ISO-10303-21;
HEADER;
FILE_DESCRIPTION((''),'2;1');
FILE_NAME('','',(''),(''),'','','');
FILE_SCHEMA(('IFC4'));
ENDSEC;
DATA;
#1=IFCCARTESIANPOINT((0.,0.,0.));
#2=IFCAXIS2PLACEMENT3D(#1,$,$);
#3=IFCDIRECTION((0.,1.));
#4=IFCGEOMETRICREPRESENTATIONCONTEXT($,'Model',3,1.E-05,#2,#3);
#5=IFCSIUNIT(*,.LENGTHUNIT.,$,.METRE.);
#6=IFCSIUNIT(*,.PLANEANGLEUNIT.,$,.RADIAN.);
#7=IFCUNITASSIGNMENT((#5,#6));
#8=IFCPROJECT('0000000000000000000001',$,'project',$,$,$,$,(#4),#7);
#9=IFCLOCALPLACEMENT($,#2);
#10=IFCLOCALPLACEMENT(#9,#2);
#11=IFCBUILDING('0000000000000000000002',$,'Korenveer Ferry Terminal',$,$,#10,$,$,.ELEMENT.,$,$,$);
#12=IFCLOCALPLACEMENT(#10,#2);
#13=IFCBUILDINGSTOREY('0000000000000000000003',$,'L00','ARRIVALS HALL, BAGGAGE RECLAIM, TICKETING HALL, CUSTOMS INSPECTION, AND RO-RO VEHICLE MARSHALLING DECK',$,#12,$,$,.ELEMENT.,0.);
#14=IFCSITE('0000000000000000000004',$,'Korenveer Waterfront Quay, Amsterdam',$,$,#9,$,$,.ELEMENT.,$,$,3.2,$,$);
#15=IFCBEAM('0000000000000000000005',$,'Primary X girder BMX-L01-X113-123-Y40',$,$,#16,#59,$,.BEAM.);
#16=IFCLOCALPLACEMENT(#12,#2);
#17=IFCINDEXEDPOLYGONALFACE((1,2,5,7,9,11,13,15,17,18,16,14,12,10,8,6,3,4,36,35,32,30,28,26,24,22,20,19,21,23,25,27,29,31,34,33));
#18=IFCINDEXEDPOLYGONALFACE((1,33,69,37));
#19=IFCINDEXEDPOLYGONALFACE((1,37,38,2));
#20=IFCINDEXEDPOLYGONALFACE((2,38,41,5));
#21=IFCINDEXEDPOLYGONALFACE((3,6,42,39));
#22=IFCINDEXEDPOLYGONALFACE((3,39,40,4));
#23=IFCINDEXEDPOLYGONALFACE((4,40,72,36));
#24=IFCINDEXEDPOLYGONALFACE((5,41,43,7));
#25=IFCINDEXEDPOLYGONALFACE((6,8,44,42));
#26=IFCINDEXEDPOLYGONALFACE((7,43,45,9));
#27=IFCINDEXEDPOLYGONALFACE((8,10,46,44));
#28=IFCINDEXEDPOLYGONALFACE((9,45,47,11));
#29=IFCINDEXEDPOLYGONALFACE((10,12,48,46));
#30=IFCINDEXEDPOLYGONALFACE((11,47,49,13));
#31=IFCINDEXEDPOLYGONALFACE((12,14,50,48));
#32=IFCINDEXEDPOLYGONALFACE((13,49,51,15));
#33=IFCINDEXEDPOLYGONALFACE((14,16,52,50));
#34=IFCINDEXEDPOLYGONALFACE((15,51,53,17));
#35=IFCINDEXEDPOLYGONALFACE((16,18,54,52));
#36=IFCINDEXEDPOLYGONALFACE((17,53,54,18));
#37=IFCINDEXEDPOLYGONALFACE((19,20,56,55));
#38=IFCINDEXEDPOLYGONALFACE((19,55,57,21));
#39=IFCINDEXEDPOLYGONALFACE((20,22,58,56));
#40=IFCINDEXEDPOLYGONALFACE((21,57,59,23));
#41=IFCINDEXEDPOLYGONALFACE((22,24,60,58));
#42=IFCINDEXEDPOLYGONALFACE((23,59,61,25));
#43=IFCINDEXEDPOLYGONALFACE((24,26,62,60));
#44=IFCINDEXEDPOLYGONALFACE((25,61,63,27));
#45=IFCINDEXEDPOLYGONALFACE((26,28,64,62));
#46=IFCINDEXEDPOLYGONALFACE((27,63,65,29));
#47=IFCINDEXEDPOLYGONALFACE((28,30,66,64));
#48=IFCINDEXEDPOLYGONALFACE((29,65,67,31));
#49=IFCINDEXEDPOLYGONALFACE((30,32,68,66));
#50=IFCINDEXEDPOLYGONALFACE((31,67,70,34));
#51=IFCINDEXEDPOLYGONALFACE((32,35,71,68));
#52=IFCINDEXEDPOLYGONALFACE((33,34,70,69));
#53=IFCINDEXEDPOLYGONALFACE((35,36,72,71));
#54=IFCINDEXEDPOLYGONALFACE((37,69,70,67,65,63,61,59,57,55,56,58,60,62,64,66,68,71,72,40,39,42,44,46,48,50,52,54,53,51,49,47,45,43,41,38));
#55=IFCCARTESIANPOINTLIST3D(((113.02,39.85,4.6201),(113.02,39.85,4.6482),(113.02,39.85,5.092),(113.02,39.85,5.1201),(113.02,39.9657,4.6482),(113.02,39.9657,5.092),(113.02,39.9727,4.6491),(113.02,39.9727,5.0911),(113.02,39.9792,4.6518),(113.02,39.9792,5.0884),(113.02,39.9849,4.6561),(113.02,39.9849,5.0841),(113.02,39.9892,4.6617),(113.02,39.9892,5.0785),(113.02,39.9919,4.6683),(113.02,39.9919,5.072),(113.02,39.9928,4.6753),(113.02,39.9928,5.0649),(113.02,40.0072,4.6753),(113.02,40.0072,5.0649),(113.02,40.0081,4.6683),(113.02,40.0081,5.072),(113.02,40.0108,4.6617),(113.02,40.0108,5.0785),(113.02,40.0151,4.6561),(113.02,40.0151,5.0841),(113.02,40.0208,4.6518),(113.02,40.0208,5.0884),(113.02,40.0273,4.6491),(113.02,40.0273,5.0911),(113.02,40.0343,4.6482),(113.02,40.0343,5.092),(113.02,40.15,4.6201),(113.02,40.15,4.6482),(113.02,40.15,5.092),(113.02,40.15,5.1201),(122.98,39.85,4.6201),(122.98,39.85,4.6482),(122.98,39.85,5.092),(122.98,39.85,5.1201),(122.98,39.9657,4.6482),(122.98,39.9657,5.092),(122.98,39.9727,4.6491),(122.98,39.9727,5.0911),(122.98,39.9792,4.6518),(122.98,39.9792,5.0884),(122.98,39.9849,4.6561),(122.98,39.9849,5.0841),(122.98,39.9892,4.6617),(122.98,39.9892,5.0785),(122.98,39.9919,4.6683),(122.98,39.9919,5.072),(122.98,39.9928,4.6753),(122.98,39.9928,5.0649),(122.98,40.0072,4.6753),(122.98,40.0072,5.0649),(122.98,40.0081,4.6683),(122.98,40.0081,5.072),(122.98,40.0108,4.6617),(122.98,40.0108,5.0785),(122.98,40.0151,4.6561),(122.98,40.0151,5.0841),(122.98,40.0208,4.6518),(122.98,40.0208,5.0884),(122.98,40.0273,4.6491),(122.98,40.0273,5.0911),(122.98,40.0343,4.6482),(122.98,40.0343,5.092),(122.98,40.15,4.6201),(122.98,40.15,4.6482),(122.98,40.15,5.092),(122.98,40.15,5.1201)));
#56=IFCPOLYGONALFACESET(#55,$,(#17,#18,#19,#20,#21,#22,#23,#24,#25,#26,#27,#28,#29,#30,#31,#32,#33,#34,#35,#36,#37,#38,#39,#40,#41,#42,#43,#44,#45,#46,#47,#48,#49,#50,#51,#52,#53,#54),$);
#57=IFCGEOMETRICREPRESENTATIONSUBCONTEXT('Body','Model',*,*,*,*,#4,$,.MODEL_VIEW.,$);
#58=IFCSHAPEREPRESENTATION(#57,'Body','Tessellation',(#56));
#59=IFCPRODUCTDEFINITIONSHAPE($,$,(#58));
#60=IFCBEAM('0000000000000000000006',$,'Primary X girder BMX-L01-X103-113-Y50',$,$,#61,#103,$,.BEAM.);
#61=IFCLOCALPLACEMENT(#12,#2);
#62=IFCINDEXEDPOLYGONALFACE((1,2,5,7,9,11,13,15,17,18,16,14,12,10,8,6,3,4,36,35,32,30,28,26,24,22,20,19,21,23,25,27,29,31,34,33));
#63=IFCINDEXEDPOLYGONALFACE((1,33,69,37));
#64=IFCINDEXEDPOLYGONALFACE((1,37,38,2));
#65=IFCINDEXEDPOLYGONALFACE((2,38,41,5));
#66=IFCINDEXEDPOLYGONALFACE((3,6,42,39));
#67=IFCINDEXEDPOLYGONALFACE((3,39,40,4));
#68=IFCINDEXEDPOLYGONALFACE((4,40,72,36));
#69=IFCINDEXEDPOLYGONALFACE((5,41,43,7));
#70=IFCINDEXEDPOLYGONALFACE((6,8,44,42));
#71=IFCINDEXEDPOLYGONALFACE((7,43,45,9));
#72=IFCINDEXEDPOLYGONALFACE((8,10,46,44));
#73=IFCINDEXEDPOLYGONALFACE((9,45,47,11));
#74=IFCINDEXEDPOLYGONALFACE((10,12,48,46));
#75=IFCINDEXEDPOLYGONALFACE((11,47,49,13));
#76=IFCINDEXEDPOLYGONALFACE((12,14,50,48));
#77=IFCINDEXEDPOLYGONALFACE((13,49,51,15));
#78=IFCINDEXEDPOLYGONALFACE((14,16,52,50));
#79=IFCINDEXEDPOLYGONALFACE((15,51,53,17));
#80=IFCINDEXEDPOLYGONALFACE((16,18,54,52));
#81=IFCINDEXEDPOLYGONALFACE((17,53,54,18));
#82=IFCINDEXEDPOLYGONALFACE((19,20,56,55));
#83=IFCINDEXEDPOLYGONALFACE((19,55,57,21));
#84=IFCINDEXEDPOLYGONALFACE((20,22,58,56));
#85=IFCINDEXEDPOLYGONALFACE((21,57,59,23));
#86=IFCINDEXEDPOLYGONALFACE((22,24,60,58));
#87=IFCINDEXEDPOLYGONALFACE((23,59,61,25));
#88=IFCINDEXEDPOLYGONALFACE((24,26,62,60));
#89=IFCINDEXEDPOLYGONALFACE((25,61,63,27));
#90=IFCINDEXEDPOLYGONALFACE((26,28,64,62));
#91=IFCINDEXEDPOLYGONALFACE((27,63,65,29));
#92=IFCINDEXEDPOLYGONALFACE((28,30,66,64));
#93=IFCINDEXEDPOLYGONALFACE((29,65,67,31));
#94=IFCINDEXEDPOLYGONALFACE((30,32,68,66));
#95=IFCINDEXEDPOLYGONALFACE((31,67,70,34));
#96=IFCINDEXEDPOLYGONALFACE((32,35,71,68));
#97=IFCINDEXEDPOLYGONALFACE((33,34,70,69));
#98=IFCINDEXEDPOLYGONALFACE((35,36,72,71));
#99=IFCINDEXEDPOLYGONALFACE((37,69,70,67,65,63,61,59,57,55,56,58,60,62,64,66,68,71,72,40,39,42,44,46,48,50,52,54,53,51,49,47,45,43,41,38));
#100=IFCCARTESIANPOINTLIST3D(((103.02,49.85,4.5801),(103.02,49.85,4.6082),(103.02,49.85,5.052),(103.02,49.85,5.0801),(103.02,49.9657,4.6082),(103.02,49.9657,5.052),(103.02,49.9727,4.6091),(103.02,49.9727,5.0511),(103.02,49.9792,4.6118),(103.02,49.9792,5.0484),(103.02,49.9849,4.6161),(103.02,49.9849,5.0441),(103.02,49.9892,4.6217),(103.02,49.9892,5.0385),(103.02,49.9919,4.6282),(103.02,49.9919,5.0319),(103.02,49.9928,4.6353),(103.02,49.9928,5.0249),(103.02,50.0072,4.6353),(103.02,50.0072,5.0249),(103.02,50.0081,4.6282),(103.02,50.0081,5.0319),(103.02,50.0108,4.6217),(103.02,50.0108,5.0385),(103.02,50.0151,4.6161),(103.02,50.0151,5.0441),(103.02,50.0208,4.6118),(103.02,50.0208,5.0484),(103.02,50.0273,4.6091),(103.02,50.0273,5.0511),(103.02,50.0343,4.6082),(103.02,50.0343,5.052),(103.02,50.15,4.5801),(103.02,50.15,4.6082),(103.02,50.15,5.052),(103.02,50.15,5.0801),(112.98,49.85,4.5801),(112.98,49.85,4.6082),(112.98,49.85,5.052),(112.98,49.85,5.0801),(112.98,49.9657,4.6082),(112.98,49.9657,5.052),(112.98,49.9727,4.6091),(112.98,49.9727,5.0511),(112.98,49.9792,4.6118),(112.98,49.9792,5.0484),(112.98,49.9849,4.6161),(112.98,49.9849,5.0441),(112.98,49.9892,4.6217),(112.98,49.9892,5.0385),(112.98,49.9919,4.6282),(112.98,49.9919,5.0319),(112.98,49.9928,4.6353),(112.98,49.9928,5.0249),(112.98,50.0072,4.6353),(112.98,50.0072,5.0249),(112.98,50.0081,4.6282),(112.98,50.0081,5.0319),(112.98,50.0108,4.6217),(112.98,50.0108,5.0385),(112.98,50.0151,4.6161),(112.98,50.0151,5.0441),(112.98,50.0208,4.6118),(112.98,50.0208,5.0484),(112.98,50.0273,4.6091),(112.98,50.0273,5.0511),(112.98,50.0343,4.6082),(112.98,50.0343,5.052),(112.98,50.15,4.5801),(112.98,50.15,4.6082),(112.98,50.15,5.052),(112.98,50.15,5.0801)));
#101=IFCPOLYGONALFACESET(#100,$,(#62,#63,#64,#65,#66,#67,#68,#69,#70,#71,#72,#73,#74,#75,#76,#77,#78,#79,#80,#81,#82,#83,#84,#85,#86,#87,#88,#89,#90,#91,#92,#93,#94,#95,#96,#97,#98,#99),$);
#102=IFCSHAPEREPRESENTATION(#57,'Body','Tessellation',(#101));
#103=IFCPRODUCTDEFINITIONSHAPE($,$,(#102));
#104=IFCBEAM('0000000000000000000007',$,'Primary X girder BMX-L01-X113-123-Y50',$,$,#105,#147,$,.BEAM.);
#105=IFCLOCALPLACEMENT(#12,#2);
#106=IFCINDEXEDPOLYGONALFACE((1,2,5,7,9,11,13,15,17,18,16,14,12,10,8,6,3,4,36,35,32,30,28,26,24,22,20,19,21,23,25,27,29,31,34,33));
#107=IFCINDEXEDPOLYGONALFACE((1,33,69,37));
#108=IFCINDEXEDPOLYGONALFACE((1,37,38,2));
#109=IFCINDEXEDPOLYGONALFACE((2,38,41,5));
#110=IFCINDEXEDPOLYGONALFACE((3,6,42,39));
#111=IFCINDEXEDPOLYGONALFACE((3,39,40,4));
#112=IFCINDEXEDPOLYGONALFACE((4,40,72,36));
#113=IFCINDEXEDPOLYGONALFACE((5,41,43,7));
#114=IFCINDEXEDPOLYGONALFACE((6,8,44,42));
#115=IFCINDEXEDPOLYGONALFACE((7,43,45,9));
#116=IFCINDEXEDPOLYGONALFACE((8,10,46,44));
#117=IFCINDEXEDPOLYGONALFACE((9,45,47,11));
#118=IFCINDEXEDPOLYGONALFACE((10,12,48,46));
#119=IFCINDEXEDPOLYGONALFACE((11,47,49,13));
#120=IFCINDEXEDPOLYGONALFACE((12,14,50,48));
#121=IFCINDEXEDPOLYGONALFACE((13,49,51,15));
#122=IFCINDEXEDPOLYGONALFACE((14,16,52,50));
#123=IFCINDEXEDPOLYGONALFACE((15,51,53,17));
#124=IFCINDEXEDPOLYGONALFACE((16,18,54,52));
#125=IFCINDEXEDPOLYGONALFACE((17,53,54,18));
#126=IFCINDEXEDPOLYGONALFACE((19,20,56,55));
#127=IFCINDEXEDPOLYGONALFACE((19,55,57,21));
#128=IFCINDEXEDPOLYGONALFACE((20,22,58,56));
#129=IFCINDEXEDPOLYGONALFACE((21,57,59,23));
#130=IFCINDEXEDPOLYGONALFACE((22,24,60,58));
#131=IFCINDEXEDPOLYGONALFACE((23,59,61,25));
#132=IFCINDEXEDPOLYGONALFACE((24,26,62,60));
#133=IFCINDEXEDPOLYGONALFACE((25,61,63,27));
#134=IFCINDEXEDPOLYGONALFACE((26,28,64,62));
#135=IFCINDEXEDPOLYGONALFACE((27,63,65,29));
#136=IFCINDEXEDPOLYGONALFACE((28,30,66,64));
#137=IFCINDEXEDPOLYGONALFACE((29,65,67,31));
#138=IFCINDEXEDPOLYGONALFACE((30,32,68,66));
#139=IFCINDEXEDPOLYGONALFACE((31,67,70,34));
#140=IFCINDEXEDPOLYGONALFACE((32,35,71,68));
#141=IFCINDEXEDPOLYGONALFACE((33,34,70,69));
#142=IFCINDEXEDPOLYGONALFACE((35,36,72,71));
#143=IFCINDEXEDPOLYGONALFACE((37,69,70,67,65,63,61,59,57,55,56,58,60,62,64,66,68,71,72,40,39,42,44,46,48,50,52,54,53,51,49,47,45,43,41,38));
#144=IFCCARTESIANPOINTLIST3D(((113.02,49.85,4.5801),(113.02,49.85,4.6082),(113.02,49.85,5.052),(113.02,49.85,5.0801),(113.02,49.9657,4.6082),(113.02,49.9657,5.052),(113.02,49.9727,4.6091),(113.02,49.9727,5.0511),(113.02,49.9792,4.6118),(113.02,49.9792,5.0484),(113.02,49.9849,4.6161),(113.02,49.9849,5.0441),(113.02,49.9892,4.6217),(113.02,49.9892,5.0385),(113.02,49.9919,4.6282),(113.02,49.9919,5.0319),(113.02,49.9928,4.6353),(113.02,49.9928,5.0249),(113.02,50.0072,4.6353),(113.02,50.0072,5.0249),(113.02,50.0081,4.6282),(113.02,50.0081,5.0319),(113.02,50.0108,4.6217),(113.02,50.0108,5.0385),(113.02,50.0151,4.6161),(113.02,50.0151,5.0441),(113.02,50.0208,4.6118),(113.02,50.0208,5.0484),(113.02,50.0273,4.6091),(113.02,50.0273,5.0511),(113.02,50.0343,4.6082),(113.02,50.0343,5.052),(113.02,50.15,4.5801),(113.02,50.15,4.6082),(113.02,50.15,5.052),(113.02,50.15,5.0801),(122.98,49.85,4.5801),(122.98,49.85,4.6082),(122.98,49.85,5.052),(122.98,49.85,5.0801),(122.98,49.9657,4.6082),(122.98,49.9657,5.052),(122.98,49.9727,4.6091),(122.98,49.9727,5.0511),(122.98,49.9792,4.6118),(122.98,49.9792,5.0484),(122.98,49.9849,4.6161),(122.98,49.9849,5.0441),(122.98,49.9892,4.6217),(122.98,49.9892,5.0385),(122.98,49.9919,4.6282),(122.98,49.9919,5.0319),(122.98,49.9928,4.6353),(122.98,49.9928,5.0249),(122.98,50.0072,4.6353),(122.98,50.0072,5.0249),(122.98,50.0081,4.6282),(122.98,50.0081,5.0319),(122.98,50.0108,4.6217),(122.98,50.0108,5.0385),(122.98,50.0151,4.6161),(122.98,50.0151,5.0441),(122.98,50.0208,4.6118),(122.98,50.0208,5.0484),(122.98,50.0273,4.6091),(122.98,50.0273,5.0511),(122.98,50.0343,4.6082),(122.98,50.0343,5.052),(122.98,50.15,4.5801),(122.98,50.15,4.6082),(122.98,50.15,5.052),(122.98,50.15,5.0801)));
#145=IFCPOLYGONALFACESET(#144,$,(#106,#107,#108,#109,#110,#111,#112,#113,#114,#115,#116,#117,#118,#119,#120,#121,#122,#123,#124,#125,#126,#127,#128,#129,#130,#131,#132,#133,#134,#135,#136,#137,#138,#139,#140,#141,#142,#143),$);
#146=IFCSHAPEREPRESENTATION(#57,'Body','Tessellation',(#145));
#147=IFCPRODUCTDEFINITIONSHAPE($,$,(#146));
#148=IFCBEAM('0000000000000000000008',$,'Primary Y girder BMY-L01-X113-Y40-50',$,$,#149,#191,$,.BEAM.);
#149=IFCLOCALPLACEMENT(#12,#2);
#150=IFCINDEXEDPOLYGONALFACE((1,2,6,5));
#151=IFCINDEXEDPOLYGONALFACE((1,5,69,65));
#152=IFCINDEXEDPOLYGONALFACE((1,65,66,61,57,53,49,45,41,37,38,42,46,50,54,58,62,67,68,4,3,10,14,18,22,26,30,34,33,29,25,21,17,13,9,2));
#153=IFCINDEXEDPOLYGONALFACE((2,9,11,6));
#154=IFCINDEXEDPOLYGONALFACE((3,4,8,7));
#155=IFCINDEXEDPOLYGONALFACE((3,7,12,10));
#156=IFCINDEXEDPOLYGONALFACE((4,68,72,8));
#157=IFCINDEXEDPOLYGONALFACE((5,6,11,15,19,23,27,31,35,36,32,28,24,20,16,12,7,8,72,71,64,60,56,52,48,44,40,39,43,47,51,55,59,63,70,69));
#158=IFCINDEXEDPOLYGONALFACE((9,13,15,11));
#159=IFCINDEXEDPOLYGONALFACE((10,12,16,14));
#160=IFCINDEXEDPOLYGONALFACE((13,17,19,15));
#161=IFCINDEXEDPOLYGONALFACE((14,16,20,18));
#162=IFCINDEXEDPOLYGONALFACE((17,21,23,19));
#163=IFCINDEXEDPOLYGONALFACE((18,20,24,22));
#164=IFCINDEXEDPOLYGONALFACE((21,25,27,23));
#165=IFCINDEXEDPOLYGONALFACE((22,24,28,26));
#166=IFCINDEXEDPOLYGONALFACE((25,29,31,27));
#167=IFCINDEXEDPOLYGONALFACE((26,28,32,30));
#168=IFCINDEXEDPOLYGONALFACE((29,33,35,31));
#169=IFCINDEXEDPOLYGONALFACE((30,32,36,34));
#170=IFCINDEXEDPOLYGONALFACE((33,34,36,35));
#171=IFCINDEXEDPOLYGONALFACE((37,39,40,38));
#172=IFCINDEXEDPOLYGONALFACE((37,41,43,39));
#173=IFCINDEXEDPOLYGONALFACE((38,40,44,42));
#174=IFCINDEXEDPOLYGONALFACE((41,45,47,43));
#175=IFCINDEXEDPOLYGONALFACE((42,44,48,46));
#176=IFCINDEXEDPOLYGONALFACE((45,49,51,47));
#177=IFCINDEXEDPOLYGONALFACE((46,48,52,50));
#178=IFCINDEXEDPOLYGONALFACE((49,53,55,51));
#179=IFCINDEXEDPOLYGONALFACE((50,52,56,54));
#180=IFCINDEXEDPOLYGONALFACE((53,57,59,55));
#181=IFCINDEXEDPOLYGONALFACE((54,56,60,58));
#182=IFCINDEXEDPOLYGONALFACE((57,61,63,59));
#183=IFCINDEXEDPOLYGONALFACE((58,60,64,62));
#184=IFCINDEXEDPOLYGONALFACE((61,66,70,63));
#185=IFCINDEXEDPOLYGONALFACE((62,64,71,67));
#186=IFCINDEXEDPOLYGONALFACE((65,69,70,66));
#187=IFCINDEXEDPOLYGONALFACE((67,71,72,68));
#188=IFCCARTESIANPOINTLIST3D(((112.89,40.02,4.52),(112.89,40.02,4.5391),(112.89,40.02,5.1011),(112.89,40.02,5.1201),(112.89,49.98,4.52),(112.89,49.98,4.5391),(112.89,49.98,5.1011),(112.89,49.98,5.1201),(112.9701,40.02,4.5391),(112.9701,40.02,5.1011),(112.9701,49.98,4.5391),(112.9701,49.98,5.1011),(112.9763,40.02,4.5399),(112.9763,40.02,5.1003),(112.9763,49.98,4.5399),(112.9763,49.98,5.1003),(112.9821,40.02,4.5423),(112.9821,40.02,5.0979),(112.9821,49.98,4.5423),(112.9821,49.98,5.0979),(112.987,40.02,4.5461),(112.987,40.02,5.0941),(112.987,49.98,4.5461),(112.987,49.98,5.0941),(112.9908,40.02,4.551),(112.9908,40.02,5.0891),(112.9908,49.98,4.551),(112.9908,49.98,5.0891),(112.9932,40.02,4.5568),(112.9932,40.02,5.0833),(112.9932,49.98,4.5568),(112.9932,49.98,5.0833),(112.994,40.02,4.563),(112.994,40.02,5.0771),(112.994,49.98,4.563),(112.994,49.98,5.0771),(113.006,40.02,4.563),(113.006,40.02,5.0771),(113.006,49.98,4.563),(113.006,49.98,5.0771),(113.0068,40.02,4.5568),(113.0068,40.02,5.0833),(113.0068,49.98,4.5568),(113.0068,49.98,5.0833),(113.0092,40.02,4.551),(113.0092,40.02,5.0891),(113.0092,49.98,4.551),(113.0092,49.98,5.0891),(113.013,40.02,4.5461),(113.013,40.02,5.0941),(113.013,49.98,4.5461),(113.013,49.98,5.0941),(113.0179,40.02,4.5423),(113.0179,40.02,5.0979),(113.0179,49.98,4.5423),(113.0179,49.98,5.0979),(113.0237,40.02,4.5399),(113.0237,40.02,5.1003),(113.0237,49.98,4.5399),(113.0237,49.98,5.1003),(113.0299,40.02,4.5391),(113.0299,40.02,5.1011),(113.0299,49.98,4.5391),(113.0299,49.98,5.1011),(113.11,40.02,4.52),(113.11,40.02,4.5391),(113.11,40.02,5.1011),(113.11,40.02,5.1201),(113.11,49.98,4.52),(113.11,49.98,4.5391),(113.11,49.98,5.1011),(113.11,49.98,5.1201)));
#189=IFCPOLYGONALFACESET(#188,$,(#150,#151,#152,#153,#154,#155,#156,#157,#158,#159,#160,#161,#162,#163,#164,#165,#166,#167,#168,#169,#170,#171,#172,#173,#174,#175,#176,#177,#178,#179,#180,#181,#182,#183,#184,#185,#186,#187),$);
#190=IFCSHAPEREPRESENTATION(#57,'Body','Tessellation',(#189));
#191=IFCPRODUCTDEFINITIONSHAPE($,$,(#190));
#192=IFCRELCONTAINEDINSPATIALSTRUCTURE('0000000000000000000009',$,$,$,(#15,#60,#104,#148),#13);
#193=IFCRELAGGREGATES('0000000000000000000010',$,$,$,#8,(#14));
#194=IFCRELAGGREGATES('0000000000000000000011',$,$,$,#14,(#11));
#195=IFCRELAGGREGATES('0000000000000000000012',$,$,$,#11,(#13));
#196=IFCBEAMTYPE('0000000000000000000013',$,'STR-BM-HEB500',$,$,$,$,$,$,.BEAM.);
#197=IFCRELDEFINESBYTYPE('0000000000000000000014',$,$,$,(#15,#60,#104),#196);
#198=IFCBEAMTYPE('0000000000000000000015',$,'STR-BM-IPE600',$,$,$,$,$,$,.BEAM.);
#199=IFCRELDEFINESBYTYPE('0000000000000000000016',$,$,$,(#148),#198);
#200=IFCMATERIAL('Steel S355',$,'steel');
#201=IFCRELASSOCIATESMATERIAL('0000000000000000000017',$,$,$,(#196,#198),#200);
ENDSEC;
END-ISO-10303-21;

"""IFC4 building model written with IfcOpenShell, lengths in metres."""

from ifc_helpers import new_model, si_unit, direction, frame, origin, origin_2d, place, context, subcontext, project, spatial, i_section, extrude, material, material_profile, profile_set, type_object, element, save


model = new_model("IFC4")

# Units and contexts
model_context = context("Model", 3, precision=1e-05, world=origin(), true_north=direction((0.0, 1.0)))
body_context = subcontext(model_context, "Body", "Model", "MODEL_VIEW")
ifc_project = project(units=[si_unit("LENGTHUNIT", "METRE"), si_unit("PLANEANGLEUNIT", "RADIAN")], contexts=[model_context])

# Site, building, storey
site_placement = place(None, origin())
site = spatial("IfcSite", under=ifc_project, at=site_placement, Name="Korenveer Waterfront Quay, Amsterdam", CompositionType="ELEMENT", RefElevation=3.2)
building_placement = place(site_placement, origin())
building = spatial("IfcBuilding", under=site, at=building_placement, Name="Korenveer Ferry Terminal", CompositionType="ELEMENT")
storey_placement = place(building_placement, origin())
storey = spatial("IfcBuildingStorey", under=building, at=storey_placement, Name="L00", Description="ARRIVALS HALL, BAGGAGE RECLAIM, TICKETING HALL, CUSTOMS INSPECTION, AND RO-RO VEHICLE MARSHALLING DECK", CompositionType="ELEMENT", Elevation=0.0)

# Shared definitions
ifc_material_1 = material(Name="Steel S355", Category="steel")

# Beams
ifc_material_profile_1 = material_profile(ifc_material_1, i_section(OverallWidth=0.3, OverallDepth=0.5, WebThickness=0.0144, FlangeThickness=0.0281, FilletRadius=0.0271, at=origin_2d()), Name="HEB 500")
ifc_profile_set_1 = profile_set([ifc_material_profile_1], Name="Steel S355")
beam_type_1 = type_object("IfcBeamType", Name="STR-BM-HEB500", PredefinedType="BEAM", material=ifc_profile_set_1)
for number, where, z_axis, x_axis, name in (
    (1, (113.02, 40.0, 4.8701), (1.0, 0.0, 0.0), (0.0, 1.0, 0.0), "Primary X girder BMX-L01-X113-123-Y40"),
    (2, (103.02, 50.0, 4.8301), (1.0, 0.0, 0.0), (0.0, 1.0, 0.0), "Primary X girder BMX-L01-X103-113-Y50"),
    (3, (113.02, 50.0, 4.8301), (1.0, 0.0, 0.0), (0.0, 1.0, 0.0), "Primary X girder BMX-L01-X113-123-Y50"),
):
    element("IfcBeam", number, at=place(storey_placement, frame(where, z_axis=z_axis, x_axis=x_axis)), inside=storey, type_object=beam_type_1, Name=name, PredefinedType="BEAM", context=body_context, shape_type="SweptSolid", body=[
        extrude(i_section(OverallWidth=0.3, OverallDepth=0.5, WebThickness=0.0144, FlangeThickness=0.0281, FilletRadius=0.0271, at=origin_2d()), origin(), (0.0, 0.0, 1.0), 9.96),
    ])
ifc_material_profile_2 = material_profile(ifc_material_1, i_section(OverallWidth=0.22, OverallDepth=0.6001, WebThickness=0.012, FlangeThickness=0.019, FilletRadius=0.0239, at=origin_2d()), Name="IPE 600")
ifc_profile_set_2 = profile_set([ifc_material_profile_2], Name="Steel S355")
beam_type_2 = type_object("IfcBeamType", Name="STR-BM-IPE600", PredefinedType="BEAM", material=ifc_profile_set_2)
beam_placement = place(storey_placement, frame((113.0, 40.02, 4.8201), z_axis=(0.0, 1.0, 0.0), x_axis=(-1.0, 0.0, 0.0)))
element("IfcBeam", 4, at=beam_placement, inside=storey, type_object=beam_type_2, Name="Primary Y girder BMY-L01-X113-Y40-50", PredefinedType="BEAM", context=body_context, shape_type="SweptSolid", body=[
    extrude(i_section(OverallWidth=0.22, OverallDepth=0.6001, WebThickness=0.012, FlangeThickness=0.019, FilletRadius=0.0239, at=origin_2d()), origin(), (0.0, 0.0, 1.0), 9.96),
])

save(model, "model.ifc")
